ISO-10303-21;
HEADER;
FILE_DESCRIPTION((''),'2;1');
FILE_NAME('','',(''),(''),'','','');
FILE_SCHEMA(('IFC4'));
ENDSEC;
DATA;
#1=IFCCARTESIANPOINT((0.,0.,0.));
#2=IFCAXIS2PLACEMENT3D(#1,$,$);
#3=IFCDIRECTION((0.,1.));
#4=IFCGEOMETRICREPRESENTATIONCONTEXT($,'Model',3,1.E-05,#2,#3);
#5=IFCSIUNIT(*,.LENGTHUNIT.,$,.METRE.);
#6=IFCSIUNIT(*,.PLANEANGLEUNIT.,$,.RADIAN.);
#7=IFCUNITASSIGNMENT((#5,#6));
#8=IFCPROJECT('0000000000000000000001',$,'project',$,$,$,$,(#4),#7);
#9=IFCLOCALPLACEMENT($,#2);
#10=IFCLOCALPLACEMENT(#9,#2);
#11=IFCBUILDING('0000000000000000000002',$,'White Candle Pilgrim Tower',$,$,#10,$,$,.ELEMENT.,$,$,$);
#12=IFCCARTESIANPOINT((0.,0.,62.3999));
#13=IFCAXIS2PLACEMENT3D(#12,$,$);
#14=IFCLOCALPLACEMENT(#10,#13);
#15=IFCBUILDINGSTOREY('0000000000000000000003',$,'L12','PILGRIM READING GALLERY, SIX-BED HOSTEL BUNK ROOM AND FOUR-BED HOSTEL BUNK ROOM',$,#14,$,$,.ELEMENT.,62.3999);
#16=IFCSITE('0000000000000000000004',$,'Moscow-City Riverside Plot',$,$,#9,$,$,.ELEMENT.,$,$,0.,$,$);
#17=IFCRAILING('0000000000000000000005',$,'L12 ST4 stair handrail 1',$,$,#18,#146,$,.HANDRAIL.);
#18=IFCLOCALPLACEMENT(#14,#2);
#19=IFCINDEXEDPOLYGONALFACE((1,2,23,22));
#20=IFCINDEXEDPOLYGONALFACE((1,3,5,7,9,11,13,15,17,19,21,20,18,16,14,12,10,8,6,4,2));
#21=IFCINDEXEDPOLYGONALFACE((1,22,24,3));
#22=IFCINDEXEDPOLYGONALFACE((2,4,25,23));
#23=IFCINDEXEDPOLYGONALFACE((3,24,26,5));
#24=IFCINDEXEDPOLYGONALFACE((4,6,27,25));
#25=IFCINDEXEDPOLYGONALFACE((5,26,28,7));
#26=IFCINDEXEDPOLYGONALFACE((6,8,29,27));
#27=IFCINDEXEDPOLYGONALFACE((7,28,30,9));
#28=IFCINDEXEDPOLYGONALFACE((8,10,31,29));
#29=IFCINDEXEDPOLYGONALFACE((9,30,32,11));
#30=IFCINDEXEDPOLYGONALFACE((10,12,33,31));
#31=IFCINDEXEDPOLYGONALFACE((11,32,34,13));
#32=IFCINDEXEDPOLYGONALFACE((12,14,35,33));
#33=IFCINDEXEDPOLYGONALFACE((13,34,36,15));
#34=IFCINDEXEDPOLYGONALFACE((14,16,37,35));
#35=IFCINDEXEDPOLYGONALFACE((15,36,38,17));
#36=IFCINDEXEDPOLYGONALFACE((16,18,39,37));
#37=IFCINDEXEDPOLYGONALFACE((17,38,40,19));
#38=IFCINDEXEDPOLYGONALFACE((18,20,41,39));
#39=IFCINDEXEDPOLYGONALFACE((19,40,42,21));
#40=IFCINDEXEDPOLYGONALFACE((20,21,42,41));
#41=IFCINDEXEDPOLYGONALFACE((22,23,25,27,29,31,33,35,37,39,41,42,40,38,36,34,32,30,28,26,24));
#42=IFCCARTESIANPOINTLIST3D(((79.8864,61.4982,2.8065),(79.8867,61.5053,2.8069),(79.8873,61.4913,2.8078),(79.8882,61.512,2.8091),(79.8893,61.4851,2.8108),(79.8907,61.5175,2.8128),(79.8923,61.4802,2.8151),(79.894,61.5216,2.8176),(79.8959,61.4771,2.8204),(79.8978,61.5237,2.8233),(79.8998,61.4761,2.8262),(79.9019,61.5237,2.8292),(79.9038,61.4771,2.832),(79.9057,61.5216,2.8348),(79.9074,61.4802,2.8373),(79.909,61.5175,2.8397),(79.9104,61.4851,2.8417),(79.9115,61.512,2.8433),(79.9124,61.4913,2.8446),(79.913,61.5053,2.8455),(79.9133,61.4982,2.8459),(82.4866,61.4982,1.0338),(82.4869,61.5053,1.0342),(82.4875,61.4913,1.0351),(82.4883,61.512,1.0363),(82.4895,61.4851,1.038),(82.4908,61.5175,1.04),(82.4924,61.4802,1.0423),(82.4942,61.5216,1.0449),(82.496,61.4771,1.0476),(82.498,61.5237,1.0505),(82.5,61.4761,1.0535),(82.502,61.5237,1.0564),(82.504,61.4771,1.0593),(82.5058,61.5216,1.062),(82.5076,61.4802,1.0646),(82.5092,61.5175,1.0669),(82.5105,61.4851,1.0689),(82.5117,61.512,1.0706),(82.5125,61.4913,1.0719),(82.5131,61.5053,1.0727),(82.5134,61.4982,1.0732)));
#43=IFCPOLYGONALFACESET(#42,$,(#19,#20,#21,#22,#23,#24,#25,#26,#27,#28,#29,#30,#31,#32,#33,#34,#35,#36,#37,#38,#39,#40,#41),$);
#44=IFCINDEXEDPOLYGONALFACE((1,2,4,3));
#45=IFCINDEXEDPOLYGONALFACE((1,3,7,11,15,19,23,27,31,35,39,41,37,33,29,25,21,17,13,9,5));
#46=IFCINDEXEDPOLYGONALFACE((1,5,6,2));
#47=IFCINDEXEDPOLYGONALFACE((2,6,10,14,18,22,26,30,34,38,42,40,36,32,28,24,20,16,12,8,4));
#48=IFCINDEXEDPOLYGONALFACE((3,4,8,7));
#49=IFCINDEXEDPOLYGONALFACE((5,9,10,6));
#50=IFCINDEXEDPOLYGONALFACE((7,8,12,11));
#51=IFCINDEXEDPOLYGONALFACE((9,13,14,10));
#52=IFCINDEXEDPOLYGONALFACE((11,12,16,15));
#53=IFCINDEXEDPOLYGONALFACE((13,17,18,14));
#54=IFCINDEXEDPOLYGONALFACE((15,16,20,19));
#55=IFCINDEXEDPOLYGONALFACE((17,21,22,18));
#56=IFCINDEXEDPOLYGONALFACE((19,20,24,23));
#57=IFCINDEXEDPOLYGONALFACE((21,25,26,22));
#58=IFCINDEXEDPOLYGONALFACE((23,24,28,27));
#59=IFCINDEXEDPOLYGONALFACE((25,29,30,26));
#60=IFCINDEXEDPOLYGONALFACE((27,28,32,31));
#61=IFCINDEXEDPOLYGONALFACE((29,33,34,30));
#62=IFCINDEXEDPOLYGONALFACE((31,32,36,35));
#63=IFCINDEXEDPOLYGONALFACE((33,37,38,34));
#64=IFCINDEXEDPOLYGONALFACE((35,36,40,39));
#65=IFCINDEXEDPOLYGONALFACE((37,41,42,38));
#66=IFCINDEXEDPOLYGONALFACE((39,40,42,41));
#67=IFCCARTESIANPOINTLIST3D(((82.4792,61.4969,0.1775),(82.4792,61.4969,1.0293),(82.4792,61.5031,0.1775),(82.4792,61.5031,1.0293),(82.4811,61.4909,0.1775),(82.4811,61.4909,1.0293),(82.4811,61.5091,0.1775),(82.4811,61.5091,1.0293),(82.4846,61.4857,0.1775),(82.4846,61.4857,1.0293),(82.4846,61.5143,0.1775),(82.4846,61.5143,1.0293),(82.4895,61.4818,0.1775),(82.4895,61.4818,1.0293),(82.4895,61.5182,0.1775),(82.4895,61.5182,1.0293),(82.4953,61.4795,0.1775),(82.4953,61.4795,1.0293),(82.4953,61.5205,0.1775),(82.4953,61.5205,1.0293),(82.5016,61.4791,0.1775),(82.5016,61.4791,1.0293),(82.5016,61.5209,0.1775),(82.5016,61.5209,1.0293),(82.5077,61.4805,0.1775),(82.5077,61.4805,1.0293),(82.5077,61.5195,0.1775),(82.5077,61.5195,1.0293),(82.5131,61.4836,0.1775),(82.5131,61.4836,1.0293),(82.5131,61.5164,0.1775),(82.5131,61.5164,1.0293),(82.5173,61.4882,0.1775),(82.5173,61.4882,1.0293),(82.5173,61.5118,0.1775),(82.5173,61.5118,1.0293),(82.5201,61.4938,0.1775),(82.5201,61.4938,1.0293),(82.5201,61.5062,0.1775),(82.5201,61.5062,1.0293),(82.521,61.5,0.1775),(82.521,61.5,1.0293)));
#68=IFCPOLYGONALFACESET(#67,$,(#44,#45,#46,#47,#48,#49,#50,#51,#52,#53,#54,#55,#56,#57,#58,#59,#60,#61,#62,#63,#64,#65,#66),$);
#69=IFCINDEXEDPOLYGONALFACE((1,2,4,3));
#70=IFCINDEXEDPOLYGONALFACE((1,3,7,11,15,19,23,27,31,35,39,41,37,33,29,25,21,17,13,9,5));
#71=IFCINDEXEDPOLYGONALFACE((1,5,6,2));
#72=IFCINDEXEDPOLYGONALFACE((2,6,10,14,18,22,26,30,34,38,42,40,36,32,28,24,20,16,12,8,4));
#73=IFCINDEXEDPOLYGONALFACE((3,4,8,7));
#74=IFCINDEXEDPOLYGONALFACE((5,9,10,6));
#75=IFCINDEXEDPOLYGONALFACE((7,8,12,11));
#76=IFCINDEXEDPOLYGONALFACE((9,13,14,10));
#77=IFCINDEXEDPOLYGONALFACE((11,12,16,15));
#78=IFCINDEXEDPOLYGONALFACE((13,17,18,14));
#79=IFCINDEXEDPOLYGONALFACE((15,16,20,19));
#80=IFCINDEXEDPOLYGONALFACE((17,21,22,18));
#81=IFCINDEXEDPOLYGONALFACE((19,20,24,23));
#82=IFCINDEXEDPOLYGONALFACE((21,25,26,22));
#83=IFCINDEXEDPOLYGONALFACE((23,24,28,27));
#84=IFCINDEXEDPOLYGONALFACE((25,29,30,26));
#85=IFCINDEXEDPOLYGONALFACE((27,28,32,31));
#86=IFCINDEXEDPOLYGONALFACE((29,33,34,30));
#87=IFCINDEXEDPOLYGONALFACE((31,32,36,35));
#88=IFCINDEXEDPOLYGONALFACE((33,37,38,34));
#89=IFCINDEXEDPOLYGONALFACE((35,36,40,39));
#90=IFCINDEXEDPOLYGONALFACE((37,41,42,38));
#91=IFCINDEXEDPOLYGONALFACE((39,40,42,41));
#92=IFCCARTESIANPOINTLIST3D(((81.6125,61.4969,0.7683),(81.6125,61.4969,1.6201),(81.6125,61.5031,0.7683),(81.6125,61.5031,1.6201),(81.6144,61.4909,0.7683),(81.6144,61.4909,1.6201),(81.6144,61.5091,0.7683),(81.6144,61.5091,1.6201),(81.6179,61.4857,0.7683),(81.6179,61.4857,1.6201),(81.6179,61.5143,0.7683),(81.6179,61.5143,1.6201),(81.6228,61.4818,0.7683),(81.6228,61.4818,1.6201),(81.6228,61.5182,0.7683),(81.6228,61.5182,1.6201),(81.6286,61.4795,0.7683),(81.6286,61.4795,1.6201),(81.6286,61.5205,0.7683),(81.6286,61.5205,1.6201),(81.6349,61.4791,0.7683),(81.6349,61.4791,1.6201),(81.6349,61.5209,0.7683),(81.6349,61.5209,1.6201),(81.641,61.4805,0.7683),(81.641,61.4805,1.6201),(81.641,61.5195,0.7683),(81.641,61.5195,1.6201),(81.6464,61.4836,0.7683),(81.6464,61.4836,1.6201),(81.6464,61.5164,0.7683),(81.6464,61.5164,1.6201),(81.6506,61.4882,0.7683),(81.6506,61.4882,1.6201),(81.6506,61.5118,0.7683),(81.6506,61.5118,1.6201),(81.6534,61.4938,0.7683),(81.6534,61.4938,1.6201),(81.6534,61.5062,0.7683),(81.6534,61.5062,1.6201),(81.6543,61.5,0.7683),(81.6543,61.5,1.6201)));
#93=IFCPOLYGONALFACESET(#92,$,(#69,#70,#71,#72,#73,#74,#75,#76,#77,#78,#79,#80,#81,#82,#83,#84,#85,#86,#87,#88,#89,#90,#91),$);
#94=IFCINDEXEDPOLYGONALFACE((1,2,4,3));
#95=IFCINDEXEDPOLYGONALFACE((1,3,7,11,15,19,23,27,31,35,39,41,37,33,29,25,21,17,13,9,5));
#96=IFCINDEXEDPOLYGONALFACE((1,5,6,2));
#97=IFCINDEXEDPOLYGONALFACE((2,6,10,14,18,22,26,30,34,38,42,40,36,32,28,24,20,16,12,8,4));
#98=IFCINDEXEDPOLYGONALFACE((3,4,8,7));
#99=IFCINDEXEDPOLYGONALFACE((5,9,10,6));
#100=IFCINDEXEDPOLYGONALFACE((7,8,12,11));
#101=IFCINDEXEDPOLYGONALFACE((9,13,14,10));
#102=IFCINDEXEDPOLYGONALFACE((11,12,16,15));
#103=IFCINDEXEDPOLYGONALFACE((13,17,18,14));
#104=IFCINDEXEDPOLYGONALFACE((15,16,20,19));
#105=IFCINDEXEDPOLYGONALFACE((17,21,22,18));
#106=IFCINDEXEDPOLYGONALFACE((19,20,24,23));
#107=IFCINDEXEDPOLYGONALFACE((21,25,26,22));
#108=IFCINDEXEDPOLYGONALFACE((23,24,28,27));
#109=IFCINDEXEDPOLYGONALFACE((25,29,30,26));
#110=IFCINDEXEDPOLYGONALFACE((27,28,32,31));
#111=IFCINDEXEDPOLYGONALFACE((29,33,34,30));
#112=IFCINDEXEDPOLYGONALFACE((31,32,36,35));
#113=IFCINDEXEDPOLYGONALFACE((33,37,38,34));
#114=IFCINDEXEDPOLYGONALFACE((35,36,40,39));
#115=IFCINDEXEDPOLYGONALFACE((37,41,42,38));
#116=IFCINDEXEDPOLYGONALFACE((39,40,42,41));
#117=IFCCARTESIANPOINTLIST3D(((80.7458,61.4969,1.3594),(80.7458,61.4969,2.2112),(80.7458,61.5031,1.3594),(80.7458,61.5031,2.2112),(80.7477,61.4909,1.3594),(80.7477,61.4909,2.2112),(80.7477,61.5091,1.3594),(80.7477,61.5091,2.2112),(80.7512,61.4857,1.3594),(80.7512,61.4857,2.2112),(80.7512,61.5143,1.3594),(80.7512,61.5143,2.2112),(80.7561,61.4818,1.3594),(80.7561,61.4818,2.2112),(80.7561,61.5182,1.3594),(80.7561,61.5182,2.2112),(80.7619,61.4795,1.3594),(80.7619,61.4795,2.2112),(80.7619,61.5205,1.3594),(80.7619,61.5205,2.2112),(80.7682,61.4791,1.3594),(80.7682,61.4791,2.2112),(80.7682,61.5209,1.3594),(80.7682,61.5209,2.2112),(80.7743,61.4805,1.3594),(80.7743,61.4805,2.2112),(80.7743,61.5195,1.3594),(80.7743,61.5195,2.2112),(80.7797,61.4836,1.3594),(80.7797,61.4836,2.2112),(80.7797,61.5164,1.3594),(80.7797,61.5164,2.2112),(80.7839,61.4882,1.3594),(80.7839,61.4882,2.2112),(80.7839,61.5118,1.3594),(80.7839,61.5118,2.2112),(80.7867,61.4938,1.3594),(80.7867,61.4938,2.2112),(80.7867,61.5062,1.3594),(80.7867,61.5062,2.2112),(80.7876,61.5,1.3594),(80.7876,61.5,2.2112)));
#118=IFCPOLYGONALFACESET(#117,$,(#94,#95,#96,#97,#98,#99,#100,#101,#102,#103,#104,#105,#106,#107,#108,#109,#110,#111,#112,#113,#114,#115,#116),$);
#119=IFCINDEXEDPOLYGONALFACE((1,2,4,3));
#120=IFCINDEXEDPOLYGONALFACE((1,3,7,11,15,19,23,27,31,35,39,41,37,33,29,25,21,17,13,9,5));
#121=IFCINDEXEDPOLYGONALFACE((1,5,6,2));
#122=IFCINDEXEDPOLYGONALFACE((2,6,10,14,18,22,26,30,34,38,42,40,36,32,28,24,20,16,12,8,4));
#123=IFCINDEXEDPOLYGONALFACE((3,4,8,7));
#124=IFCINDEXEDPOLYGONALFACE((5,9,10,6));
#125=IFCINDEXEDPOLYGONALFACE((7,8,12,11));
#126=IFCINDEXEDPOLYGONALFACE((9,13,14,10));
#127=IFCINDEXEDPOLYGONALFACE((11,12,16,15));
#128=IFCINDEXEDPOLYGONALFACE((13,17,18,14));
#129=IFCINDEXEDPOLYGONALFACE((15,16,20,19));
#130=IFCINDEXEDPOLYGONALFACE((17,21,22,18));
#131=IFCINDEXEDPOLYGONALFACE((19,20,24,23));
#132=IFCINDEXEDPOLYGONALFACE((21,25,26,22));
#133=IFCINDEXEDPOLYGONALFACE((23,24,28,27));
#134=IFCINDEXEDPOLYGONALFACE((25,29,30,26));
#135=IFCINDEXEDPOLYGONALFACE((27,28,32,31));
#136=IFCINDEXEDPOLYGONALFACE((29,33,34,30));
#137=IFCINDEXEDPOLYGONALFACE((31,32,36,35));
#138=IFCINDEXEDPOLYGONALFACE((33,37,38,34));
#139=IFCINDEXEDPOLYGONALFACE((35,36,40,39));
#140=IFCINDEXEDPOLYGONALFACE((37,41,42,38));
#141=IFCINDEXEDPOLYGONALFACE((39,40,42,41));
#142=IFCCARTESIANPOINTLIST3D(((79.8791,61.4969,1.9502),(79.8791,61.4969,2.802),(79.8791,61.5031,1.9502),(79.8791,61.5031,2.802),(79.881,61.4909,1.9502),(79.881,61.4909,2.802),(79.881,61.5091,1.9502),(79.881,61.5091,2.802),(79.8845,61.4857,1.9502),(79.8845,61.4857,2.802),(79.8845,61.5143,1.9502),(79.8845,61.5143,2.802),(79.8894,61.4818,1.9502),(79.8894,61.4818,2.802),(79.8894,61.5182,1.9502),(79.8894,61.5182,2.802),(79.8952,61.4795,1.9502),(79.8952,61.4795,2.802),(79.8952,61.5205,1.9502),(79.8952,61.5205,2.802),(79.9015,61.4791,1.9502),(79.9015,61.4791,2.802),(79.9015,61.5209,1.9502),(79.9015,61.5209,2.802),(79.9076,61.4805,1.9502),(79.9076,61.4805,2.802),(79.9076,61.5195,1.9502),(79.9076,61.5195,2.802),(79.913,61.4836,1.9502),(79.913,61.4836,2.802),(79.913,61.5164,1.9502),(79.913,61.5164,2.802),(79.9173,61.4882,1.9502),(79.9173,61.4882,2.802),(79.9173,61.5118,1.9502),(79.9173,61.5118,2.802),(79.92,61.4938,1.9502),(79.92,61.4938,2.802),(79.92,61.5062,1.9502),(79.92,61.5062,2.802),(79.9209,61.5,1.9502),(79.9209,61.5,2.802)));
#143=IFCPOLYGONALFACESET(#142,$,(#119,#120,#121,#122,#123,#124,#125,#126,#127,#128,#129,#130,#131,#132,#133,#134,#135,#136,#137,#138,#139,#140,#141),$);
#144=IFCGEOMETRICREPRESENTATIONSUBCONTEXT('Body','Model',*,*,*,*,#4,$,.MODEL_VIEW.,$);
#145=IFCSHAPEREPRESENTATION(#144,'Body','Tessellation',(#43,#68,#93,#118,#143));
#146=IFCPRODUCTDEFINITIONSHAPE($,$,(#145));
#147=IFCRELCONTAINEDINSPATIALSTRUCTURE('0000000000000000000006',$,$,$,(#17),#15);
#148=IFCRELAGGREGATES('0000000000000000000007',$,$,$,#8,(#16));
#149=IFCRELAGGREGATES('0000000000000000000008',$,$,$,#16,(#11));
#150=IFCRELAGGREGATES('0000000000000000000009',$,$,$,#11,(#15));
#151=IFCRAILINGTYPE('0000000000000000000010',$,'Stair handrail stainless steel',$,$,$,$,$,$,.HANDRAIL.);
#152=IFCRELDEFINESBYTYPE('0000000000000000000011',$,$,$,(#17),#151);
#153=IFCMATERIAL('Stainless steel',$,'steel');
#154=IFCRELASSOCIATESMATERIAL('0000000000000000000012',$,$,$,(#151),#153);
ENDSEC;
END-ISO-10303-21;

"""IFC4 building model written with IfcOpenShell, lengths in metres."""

from ifc_helpers import new_model, si_unit, direction, frame, origin, origin_2d, place, context, subcontext, project, spatial, circle, extrude, material, type_object, element, save


model = new_model("IFC4")

# Units and contexts
model_context = context("Model", 3, precision=1e-05, world=origin(), true_north=direction((0.0, 1.0)))
body_context = subcontext(model_context, "Body", "Model", "MODEL_VIEW")
ifc_project = project(units=[si_unit("LENGTHUNIT", "METRE"), si_unit("PLANEANGLEUNIT", "RADIAN")], contexts=[model_context])

# Site, building, storey
site_placement = place(None, origin())
site = spatial("IfcSite", under=ifc_project, at=site_placement, Name="Moscow-City Riverside Plot", CompositionType="ELEMENT", RefElevation=0.0)
building_placement = place(site_placement, origin())
building = spatial("IfcBuilding", under=site, at=building_placement, Name="White Candle Pilgrim Tower", CompositionType="ELEMENT")
storey_placement = place(building_placement, frame((0.0, 0.0, 62.3999)))
storey = spatial("IfcBuildingStorey", under=building, at=storey_placement, Name="L12", Description="PILGRIM READING GALLERY, SIX-BED HOSTEL BUNK ROOM AND FOUR-BED HOSTEL BUNK ROOM", CompositionType="ELEMENT", Elevation=62.3999)

# Railing
ifc_material_1 = material(Name="Stainless steel", Category="steel")
railing_type_1 = type_object("IfcRailingType", Name="Stair handrail stainless steel", PredefinedType="HANDRAIL", material=ifc_material_1)
railing_1_placement = place(storey_placement, frame((82.5, 61.5, 0.1775)))
element("IfcRailing", 1, at=railing_1_placement, inside=storey, type_object=railing_type_1, Name="L12 ST4 stair handrail 1", PredefinedType="HANDRAIL", context=body_context, shape_type="SweptSolid", body=[
    extrude(circle(Radius=0.0239, at=origin_2d()), frame((0.0, 0.0, 0.876), z_axis=(-0.82624, 0.0, 0.563318), x_axis=(0.0, -1.0, 0.0)), (0.0, 0.0, 1.0), 3.147),
    extrude(circle(Radius=0.021, at=origin_2d()), origin(), (0.0, 0.0, 1.0), 0.8518),
    extrude(circle(Radius=0.021, at=origin_2d()), frame((-0.8667, 0.0, 0.5908)), (0.0, 0.0, 1.0), 0.8518),
    extrude(circle(Radius=0.021, at=origin_2d()), frame((-1.7334, 0.0, 1.1819)), (0.0, 0.0, 1.0), 0.8518),
    extrude(circle(Radius=0.021, at=origin_2d()), frame((-2.6001, 0.0, 1.7727)), (0.0, 0.0, 1.0), 0.8518),
])

save(model, "model.ifc")
